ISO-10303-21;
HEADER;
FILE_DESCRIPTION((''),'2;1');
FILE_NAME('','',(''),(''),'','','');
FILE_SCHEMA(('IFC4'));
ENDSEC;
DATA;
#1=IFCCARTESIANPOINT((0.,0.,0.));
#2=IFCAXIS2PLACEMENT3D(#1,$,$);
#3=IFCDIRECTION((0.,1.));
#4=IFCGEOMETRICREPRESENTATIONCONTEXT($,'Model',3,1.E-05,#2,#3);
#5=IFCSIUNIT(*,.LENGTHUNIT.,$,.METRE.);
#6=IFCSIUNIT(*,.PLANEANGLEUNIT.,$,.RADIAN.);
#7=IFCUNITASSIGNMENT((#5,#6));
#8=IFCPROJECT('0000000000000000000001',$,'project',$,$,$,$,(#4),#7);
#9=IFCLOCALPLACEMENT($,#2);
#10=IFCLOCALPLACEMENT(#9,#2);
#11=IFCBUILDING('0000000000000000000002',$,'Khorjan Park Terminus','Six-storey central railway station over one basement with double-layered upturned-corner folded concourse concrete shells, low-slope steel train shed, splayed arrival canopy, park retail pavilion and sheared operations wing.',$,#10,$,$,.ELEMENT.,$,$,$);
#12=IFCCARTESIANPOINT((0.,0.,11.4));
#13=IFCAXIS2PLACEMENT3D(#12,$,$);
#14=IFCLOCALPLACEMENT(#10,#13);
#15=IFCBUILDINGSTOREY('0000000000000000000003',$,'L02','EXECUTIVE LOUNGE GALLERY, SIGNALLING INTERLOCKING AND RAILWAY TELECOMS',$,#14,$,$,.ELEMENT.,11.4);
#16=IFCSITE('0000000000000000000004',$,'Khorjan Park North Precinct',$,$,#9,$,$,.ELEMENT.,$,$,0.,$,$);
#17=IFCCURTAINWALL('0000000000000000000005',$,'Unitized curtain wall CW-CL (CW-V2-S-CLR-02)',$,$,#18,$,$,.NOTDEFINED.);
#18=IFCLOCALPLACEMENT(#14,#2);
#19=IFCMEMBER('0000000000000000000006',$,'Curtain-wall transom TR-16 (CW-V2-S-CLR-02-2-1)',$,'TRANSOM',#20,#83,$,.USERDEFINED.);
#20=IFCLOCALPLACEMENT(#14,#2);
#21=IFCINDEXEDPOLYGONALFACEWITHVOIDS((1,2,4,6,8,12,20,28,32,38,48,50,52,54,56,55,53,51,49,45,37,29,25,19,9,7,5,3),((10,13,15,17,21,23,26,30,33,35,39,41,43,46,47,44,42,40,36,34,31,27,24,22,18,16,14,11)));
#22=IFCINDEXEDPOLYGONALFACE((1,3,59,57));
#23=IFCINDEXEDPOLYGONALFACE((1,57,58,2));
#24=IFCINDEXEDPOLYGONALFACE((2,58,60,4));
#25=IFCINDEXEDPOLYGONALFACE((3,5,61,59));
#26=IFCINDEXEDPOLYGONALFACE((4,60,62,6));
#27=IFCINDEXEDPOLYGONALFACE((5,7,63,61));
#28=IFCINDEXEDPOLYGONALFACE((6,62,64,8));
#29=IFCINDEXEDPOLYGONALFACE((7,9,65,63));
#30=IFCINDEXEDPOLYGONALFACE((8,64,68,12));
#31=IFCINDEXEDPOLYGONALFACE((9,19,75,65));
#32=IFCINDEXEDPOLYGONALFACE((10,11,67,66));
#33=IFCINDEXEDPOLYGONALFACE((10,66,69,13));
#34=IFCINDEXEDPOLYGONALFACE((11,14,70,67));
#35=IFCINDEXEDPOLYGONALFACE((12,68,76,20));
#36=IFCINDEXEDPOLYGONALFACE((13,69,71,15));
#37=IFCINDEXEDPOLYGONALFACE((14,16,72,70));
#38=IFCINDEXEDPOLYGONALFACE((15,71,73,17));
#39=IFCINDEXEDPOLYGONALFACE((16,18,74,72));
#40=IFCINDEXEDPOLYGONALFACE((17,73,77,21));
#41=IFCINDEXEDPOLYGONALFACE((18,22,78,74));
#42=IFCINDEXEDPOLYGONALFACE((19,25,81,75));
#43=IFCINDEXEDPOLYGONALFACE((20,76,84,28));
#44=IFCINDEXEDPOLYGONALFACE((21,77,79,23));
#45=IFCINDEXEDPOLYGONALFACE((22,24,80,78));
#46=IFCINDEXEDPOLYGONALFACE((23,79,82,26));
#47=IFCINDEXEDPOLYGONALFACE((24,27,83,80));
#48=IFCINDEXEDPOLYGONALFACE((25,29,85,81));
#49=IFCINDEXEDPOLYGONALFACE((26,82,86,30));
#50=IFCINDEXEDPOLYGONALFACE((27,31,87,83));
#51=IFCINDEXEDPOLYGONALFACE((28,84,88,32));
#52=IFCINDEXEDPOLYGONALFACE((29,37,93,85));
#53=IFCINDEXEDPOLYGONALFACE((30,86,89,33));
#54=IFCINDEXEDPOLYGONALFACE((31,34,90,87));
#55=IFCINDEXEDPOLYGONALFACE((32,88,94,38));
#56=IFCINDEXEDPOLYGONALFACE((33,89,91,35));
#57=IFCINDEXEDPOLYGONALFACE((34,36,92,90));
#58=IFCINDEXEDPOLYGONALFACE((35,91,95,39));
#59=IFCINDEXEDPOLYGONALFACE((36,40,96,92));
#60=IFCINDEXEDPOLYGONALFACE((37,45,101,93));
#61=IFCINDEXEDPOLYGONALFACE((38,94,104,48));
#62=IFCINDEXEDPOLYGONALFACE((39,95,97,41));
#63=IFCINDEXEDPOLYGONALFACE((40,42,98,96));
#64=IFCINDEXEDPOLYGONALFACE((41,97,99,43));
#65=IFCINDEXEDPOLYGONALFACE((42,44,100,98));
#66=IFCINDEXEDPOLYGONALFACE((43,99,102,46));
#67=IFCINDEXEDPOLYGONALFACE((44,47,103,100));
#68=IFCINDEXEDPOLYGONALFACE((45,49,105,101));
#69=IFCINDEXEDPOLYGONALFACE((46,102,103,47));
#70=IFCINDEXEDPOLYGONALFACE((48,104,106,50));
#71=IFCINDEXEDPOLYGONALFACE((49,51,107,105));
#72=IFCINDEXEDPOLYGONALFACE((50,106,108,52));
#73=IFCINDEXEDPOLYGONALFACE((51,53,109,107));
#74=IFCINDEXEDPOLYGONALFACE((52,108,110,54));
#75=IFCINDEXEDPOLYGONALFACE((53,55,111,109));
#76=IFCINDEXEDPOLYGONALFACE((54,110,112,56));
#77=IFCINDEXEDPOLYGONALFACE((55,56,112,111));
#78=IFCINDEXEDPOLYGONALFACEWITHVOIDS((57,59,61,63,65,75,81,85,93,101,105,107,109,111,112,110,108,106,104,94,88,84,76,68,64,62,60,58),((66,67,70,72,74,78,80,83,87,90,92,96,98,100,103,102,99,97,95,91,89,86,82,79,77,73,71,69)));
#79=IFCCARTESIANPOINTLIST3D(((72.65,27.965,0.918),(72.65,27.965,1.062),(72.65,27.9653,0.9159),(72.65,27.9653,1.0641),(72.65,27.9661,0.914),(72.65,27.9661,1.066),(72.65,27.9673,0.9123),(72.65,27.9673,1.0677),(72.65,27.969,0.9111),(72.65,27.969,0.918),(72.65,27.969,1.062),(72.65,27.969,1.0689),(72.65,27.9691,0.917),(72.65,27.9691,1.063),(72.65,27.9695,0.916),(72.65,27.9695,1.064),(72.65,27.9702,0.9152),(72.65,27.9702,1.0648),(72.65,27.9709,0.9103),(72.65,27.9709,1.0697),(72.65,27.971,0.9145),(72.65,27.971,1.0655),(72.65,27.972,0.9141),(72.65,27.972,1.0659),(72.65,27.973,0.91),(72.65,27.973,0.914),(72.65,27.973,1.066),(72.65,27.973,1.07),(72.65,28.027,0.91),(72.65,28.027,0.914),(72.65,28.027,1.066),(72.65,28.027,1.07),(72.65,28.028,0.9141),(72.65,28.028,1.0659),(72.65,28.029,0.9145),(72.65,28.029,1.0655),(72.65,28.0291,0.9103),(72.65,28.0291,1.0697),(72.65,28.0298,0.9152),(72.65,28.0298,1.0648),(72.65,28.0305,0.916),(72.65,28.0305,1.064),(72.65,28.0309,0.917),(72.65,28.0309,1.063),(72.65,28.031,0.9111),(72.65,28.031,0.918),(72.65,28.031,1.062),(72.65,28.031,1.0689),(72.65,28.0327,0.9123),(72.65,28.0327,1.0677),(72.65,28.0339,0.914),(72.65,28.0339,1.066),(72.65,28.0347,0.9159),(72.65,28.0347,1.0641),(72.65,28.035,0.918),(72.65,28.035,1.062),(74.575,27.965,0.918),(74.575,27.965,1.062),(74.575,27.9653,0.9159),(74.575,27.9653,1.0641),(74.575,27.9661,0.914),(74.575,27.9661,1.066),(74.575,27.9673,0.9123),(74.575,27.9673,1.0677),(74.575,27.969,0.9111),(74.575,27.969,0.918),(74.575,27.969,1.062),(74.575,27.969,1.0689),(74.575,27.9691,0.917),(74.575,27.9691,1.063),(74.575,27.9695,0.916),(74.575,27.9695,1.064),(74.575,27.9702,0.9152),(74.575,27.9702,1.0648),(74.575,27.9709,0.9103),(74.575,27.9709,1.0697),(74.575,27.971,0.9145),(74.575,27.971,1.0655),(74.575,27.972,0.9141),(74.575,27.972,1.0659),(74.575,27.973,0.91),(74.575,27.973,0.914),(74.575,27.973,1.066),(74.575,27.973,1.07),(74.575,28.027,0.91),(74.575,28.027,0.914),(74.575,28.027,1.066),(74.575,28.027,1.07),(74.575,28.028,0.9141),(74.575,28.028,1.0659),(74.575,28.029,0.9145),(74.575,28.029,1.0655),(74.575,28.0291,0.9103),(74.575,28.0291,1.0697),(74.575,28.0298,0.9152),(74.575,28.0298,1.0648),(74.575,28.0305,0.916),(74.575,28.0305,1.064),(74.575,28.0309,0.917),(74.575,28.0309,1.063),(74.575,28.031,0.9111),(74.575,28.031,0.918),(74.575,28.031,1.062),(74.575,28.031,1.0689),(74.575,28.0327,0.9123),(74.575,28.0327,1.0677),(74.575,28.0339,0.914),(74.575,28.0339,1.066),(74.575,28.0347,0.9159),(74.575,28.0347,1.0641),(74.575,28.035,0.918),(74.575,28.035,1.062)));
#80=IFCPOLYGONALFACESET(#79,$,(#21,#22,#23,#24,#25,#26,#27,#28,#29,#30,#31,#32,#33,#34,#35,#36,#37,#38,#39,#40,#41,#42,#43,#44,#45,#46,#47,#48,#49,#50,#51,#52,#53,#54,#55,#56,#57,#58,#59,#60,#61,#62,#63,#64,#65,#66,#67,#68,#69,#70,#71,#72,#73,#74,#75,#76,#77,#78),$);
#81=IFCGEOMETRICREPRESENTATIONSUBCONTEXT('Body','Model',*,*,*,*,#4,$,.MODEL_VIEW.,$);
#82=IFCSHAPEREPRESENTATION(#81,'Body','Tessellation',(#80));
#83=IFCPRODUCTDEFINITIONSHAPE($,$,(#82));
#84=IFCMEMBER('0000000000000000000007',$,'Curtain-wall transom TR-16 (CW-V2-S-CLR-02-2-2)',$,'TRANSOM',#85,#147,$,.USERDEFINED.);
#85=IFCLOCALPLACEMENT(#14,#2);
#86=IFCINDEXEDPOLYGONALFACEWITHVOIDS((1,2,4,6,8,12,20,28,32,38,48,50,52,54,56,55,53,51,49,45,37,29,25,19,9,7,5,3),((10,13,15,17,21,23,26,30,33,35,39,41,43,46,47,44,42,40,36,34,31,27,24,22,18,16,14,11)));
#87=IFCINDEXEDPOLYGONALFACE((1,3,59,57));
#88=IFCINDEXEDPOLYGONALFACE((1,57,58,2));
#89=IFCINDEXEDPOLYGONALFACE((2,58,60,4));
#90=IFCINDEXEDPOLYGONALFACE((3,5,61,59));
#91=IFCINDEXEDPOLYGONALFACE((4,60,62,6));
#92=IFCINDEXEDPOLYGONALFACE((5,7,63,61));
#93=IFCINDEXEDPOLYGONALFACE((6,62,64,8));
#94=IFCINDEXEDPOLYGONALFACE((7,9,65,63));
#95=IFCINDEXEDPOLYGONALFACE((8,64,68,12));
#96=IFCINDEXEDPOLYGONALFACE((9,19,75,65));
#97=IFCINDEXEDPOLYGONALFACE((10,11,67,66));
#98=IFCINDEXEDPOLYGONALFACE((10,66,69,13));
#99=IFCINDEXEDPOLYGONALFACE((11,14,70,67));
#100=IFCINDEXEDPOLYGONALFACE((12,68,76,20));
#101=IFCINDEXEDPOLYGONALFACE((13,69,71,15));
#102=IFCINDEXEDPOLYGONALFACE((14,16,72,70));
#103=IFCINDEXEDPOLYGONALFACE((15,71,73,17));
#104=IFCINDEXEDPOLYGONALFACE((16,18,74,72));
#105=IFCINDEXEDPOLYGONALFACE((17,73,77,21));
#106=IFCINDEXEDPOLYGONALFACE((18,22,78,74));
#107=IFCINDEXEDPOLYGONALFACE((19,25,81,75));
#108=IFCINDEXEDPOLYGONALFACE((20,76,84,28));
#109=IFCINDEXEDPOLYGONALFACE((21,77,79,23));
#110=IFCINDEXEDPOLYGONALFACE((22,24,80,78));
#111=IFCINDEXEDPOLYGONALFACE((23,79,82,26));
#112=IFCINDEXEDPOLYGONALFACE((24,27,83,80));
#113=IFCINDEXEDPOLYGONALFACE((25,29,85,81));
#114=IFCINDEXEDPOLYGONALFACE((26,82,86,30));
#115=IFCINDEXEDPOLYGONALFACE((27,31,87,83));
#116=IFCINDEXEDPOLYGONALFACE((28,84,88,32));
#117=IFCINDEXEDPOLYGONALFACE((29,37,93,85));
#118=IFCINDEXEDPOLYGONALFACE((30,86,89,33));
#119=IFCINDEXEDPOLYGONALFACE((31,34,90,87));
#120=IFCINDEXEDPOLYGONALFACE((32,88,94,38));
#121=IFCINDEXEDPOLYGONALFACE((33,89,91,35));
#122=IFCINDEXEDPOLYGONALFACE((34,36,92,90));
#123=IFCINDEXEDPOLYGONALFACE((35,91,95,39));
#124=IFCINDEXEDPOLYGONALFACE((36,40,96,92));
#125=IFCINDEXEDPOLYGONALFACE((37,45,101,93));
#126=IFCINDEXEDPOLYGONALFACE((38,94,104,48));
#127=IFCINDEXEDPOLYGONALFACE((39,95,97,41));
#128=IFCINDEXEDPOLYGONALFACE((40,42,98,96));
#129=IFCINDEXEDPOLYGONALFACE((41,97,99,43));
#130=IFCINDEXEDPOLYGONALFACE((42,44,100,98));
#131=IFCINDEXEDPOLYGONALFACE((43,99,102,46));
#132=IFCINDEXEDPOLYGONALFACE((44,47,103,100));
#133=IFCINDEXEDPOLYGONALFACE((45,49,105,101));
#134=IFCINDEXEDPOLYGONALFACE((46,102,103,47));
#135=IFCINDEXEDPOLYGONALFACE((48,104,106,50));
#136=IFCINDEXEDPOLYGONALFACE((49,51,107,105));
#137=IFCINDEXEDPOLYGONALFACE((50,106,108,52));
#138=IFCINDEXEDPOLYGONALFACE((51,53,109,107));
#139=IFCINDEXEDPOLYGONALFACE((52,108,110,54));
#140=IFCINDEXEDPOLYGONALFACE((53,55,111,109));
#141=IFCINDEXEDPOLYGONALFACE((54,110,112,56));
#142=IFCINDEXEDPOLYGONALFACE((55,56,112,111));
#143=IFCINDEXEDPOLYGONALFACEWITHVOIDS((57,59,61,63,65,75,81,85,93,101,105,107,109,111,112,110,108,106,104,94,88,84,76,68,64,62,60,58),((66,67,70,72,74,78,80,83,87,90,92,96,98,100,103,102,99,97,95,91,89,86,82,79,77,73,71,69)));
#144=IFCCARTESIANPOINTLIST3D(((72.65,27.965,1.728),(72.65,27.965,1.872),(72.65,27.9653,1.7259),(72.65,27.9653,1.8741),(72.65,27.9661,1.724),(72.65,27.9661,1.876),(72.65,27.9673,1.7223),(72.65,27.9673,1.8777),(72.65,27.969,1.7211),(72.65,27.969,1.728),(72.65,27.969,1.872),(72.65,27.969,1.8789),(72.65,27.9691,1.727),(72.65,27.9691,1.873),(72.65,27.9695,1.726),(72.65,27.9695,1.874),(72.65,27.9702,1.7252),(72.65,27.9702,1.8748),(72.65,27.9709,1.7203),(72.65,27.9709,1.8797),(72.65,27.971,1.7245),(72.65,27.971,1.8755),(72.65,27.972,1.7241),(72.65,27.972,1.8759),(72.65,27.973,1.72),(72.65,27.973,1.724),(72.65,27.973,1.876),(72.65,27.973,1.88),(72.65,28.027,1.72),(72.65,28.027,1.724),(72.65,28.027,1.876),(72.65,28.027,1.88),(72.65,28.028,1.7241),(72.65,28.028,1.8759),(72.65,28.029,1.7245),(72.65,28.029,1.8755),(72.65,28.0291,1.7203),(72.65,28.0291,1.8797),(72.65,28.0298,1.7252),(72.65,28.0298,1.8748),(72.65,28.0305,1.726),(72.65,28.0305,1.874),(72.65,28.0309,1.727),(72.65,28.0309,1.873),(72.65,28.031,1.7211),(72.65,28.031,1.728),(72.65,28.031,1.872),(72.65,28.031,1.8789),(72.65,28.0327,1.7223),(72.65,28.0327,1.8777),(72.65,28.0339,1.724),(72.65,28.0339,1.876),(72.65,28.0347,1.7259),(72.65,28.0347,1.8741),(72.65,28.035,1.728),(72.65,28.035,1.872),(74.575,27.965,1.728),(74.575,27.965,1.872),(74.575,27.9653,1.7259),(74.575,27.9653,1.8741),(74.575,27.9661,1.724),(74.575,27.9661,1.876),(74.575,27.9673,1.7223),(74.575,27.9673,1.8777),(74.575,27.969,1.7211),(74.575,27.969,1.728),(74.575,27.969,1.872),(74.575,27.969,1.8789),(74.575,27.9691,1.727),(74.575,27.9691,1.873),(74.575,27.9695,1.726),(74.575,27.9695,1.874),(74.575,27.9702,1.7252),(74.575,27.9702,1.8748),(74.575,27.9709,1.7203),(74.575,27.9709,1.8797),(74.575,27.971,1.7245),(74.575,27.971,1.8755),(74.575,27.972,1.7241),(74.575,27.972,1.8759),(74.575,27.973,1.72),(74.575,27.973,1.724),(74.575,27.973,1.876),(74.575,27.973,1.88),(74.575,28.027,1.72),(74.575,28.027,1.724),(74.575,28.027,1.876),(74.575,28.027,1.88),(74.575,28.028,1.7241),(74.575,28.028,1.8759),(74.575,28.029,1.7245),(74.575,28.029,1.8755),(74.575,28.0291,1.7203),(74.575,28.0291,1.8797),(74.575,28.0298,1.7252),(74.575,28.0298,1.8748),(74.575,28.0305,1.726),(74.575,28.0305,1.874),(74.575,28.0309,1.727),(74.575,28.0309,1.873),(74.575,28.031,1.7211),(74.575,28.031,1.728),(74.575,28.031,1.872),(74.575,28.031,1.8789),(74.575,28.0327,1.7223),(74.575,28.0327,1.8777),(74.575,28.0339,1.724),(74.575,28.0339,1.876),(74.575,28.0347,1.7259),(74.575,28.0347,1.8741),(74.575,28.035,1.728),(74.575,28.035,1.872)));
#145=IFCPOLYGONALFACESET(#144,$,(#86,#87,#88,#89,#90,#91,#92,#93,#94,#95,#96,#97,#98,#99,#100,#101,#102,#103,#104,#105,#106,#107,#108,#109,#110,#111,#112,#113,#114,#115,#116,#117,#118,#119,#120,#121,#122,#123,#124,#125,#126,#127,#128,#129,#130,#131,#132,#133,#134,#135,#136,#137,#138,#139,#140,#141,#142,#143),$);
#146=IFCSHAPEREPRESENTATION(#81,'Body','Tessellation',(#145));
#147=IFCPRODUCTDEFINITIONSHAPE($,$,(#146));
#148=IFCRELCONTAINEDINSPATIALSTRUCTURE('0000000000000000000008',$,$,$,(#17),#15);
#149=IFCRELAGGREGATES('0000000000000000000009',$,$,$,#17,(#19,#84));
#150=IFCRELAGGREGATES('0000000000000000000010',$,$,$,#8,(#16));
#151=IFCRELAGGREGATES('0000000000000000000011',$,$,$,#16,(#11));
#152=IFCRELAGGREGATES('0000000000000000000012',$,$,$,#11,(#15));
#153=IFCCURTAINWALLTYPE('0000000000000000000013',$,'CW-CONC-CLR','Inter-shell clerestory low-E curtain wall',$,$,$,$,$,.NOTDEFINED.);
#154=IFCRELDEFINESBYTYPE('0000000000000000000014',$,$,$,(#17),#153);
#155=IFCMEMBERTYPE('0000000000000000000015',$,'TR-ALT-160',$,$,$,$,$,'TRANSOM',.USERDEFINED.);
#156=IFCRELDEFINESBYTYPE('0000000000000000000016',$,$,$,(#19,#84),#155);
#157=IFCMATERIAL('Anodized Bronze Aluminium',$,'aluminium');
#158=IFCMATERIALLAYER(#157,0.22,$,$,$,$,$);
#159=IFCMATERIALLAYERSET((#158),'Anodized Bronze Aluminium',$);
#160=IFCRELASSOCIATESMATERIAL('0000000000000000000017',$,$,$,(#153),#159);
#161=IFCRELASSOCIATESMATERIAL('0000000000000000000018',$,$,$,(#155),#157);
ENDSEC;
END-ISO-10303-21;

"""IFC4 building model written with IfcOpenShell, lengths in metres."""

from ifc_helpers import new_model, si_unit, direction, frame, origin, origin_2d, place, context, subcontext, project, spatial, hollow_rectangle, extrude, material, layer, layer_set, material_profile, profile_set, type_object, element, aggregate, save


model = new_model("IFC4")

# Units and contexts
model_context = context("Model", 3, precision=1e-05, world=origin(), true_north=direction((0.0, 1.0)))
body_context = subcontext(model_context, "Body", "Model", "MODEL_VIEW")
ifc_project = project(units=[si_unit("LENGTHUNIT", "METRE"), si_unit("PLANEANGLEUNIT", "RADIAN")], contexts=[model_context])

# Site, building, storey
site_placement = place(None, origin())
site = spatial("IfcSite", under=ifc_project, at=site_placement, Name="Khorjan Park North Precinct", CompositionType="ELEMENT", RefElevation=0.0)
building_placement = place(site_placement, origin())
building = spatial("IfcBuilding", under=site, at=building_placement, Name="Khorjan Park Terminus", Description="Six-storey central railway station over one basement with double-layered upturned-corner folded concourse concrete shells, low-slope steel train shed, splayed arrival canopy, park retail pavilion and sheared operations wing.", CompositionType="ELEMENT")
storey_placement = place(building_placement, frame((0.0, 0.0, 11.4)))
storey = spatial("IfcBuildingStorey", under=building, at=storey_placement, Name="L02", Description="EXECUTIVE LOUNGE GALLERY, SIGNALLING INTERLOCKING AND RAILWAY TELECOMS", CompositionType="ELEMENT", Elevation=11.4)

# Curtain wall
ifc_material_1 = material(Name="Anodized Bronze Aluminium", Category="aluminium")
ifc_layer_1 = layer(ifc_material_1, 0.22)
ifc_layer_set_1 = layer_set([ifc_layer_1], Name="Anodized Bronze Aluminium")
curtain_wall_type = type_object("IfcCurtainWallType", Name="CW-CONC-CLR", Description="Inter-shell clerestory low-E curtain wall", PredefinedType="NOTDEFINED", material=ifc_layer_set_1)
curtain_wall_placement = place(storey_placement, origin())
curtain_wall = element("IfcCurtainWall", 1, at=curtain_wall_placement, inside=storey, type_object=curtain_wall_type, Name="Unitized curtain wall CW-CL (CW-V2-S-CLR-02)", PredefinedType="NOTDEFINED")

# Members
ifc_material_profile_1 = material_profile(ifc_material_1, hollow_rectangle(XDim=0.07, YDim=0.16, WallThickness=0.004, InnerFilletRadius=0.004, OuterFilletRadius=0.008, at=origin_2d()), Name="ALT 70x160x4")
ifc_profile_set_1 = profile_set([ifc_material_profile_1], Name="Anodized Bronze Aluminium")
member_type_1 = type_object("IfcMemberType", Name="TR-ALT-160", ElementType="TRANSOM", PredefinedType="USERDEFINED", material=ifc_profile_set_1)
member_1_placement = place(storey_placement, frame((72.65, 28.0, 0.99), z_axis=(1.0, 0.0, 0.0), x_axis=(0.0, 1.0, 0.0)))
member_1 = element("IfcMember", 2, at=member_1_placement, type_object=member_type_1, Name="Curtain-wall transom TR-16 (CW-V2-S-CLR-02-2-1)", ObjectType="TRANSOM", PredefinedType="USERDEFINED", context=body_context, shape_type="SweptSolid", body=[
    extrude(hollow_rectangle(XDim=0.07, YDim=0.16, WallThickness=0.004, InnerFilletRadius=0.004, OuterFilletRadius=0.008, at=origin_2d()), origin(), (0.0, 0.0, 1.0), 1.925),
])
member_2_placement = place(storey_placement, frame((72.65, 28.0, 1.8), z_axis=(1.0, 0.0, 0.0), x_axis=(0.0, 1.0, 0.0)))
member_2 = element("IfcMember", 3, at=member_2_placement, type_object=member_type_1, Name="Curtain-wall transom TR-16 (CW-V2-S-CLR-02-2-2)", ObjectType="TRANSOM", PredefinedType="USERDEFINED", context=body_context, shape_type="SweptSolid", body=[
    extrude(hollow_rectangle(XDim=0.07, YDim=0.16, WallThickness=0.004, InnerFilletRadius=0.004, OuterFilletRadius=0.008, at=origin_2d()), origin(), (0.0, 0.0, 1.0), 1.925),
])

aggregate(curtain_wall, [member_1, member_2])

save(model, "model.ifc")
